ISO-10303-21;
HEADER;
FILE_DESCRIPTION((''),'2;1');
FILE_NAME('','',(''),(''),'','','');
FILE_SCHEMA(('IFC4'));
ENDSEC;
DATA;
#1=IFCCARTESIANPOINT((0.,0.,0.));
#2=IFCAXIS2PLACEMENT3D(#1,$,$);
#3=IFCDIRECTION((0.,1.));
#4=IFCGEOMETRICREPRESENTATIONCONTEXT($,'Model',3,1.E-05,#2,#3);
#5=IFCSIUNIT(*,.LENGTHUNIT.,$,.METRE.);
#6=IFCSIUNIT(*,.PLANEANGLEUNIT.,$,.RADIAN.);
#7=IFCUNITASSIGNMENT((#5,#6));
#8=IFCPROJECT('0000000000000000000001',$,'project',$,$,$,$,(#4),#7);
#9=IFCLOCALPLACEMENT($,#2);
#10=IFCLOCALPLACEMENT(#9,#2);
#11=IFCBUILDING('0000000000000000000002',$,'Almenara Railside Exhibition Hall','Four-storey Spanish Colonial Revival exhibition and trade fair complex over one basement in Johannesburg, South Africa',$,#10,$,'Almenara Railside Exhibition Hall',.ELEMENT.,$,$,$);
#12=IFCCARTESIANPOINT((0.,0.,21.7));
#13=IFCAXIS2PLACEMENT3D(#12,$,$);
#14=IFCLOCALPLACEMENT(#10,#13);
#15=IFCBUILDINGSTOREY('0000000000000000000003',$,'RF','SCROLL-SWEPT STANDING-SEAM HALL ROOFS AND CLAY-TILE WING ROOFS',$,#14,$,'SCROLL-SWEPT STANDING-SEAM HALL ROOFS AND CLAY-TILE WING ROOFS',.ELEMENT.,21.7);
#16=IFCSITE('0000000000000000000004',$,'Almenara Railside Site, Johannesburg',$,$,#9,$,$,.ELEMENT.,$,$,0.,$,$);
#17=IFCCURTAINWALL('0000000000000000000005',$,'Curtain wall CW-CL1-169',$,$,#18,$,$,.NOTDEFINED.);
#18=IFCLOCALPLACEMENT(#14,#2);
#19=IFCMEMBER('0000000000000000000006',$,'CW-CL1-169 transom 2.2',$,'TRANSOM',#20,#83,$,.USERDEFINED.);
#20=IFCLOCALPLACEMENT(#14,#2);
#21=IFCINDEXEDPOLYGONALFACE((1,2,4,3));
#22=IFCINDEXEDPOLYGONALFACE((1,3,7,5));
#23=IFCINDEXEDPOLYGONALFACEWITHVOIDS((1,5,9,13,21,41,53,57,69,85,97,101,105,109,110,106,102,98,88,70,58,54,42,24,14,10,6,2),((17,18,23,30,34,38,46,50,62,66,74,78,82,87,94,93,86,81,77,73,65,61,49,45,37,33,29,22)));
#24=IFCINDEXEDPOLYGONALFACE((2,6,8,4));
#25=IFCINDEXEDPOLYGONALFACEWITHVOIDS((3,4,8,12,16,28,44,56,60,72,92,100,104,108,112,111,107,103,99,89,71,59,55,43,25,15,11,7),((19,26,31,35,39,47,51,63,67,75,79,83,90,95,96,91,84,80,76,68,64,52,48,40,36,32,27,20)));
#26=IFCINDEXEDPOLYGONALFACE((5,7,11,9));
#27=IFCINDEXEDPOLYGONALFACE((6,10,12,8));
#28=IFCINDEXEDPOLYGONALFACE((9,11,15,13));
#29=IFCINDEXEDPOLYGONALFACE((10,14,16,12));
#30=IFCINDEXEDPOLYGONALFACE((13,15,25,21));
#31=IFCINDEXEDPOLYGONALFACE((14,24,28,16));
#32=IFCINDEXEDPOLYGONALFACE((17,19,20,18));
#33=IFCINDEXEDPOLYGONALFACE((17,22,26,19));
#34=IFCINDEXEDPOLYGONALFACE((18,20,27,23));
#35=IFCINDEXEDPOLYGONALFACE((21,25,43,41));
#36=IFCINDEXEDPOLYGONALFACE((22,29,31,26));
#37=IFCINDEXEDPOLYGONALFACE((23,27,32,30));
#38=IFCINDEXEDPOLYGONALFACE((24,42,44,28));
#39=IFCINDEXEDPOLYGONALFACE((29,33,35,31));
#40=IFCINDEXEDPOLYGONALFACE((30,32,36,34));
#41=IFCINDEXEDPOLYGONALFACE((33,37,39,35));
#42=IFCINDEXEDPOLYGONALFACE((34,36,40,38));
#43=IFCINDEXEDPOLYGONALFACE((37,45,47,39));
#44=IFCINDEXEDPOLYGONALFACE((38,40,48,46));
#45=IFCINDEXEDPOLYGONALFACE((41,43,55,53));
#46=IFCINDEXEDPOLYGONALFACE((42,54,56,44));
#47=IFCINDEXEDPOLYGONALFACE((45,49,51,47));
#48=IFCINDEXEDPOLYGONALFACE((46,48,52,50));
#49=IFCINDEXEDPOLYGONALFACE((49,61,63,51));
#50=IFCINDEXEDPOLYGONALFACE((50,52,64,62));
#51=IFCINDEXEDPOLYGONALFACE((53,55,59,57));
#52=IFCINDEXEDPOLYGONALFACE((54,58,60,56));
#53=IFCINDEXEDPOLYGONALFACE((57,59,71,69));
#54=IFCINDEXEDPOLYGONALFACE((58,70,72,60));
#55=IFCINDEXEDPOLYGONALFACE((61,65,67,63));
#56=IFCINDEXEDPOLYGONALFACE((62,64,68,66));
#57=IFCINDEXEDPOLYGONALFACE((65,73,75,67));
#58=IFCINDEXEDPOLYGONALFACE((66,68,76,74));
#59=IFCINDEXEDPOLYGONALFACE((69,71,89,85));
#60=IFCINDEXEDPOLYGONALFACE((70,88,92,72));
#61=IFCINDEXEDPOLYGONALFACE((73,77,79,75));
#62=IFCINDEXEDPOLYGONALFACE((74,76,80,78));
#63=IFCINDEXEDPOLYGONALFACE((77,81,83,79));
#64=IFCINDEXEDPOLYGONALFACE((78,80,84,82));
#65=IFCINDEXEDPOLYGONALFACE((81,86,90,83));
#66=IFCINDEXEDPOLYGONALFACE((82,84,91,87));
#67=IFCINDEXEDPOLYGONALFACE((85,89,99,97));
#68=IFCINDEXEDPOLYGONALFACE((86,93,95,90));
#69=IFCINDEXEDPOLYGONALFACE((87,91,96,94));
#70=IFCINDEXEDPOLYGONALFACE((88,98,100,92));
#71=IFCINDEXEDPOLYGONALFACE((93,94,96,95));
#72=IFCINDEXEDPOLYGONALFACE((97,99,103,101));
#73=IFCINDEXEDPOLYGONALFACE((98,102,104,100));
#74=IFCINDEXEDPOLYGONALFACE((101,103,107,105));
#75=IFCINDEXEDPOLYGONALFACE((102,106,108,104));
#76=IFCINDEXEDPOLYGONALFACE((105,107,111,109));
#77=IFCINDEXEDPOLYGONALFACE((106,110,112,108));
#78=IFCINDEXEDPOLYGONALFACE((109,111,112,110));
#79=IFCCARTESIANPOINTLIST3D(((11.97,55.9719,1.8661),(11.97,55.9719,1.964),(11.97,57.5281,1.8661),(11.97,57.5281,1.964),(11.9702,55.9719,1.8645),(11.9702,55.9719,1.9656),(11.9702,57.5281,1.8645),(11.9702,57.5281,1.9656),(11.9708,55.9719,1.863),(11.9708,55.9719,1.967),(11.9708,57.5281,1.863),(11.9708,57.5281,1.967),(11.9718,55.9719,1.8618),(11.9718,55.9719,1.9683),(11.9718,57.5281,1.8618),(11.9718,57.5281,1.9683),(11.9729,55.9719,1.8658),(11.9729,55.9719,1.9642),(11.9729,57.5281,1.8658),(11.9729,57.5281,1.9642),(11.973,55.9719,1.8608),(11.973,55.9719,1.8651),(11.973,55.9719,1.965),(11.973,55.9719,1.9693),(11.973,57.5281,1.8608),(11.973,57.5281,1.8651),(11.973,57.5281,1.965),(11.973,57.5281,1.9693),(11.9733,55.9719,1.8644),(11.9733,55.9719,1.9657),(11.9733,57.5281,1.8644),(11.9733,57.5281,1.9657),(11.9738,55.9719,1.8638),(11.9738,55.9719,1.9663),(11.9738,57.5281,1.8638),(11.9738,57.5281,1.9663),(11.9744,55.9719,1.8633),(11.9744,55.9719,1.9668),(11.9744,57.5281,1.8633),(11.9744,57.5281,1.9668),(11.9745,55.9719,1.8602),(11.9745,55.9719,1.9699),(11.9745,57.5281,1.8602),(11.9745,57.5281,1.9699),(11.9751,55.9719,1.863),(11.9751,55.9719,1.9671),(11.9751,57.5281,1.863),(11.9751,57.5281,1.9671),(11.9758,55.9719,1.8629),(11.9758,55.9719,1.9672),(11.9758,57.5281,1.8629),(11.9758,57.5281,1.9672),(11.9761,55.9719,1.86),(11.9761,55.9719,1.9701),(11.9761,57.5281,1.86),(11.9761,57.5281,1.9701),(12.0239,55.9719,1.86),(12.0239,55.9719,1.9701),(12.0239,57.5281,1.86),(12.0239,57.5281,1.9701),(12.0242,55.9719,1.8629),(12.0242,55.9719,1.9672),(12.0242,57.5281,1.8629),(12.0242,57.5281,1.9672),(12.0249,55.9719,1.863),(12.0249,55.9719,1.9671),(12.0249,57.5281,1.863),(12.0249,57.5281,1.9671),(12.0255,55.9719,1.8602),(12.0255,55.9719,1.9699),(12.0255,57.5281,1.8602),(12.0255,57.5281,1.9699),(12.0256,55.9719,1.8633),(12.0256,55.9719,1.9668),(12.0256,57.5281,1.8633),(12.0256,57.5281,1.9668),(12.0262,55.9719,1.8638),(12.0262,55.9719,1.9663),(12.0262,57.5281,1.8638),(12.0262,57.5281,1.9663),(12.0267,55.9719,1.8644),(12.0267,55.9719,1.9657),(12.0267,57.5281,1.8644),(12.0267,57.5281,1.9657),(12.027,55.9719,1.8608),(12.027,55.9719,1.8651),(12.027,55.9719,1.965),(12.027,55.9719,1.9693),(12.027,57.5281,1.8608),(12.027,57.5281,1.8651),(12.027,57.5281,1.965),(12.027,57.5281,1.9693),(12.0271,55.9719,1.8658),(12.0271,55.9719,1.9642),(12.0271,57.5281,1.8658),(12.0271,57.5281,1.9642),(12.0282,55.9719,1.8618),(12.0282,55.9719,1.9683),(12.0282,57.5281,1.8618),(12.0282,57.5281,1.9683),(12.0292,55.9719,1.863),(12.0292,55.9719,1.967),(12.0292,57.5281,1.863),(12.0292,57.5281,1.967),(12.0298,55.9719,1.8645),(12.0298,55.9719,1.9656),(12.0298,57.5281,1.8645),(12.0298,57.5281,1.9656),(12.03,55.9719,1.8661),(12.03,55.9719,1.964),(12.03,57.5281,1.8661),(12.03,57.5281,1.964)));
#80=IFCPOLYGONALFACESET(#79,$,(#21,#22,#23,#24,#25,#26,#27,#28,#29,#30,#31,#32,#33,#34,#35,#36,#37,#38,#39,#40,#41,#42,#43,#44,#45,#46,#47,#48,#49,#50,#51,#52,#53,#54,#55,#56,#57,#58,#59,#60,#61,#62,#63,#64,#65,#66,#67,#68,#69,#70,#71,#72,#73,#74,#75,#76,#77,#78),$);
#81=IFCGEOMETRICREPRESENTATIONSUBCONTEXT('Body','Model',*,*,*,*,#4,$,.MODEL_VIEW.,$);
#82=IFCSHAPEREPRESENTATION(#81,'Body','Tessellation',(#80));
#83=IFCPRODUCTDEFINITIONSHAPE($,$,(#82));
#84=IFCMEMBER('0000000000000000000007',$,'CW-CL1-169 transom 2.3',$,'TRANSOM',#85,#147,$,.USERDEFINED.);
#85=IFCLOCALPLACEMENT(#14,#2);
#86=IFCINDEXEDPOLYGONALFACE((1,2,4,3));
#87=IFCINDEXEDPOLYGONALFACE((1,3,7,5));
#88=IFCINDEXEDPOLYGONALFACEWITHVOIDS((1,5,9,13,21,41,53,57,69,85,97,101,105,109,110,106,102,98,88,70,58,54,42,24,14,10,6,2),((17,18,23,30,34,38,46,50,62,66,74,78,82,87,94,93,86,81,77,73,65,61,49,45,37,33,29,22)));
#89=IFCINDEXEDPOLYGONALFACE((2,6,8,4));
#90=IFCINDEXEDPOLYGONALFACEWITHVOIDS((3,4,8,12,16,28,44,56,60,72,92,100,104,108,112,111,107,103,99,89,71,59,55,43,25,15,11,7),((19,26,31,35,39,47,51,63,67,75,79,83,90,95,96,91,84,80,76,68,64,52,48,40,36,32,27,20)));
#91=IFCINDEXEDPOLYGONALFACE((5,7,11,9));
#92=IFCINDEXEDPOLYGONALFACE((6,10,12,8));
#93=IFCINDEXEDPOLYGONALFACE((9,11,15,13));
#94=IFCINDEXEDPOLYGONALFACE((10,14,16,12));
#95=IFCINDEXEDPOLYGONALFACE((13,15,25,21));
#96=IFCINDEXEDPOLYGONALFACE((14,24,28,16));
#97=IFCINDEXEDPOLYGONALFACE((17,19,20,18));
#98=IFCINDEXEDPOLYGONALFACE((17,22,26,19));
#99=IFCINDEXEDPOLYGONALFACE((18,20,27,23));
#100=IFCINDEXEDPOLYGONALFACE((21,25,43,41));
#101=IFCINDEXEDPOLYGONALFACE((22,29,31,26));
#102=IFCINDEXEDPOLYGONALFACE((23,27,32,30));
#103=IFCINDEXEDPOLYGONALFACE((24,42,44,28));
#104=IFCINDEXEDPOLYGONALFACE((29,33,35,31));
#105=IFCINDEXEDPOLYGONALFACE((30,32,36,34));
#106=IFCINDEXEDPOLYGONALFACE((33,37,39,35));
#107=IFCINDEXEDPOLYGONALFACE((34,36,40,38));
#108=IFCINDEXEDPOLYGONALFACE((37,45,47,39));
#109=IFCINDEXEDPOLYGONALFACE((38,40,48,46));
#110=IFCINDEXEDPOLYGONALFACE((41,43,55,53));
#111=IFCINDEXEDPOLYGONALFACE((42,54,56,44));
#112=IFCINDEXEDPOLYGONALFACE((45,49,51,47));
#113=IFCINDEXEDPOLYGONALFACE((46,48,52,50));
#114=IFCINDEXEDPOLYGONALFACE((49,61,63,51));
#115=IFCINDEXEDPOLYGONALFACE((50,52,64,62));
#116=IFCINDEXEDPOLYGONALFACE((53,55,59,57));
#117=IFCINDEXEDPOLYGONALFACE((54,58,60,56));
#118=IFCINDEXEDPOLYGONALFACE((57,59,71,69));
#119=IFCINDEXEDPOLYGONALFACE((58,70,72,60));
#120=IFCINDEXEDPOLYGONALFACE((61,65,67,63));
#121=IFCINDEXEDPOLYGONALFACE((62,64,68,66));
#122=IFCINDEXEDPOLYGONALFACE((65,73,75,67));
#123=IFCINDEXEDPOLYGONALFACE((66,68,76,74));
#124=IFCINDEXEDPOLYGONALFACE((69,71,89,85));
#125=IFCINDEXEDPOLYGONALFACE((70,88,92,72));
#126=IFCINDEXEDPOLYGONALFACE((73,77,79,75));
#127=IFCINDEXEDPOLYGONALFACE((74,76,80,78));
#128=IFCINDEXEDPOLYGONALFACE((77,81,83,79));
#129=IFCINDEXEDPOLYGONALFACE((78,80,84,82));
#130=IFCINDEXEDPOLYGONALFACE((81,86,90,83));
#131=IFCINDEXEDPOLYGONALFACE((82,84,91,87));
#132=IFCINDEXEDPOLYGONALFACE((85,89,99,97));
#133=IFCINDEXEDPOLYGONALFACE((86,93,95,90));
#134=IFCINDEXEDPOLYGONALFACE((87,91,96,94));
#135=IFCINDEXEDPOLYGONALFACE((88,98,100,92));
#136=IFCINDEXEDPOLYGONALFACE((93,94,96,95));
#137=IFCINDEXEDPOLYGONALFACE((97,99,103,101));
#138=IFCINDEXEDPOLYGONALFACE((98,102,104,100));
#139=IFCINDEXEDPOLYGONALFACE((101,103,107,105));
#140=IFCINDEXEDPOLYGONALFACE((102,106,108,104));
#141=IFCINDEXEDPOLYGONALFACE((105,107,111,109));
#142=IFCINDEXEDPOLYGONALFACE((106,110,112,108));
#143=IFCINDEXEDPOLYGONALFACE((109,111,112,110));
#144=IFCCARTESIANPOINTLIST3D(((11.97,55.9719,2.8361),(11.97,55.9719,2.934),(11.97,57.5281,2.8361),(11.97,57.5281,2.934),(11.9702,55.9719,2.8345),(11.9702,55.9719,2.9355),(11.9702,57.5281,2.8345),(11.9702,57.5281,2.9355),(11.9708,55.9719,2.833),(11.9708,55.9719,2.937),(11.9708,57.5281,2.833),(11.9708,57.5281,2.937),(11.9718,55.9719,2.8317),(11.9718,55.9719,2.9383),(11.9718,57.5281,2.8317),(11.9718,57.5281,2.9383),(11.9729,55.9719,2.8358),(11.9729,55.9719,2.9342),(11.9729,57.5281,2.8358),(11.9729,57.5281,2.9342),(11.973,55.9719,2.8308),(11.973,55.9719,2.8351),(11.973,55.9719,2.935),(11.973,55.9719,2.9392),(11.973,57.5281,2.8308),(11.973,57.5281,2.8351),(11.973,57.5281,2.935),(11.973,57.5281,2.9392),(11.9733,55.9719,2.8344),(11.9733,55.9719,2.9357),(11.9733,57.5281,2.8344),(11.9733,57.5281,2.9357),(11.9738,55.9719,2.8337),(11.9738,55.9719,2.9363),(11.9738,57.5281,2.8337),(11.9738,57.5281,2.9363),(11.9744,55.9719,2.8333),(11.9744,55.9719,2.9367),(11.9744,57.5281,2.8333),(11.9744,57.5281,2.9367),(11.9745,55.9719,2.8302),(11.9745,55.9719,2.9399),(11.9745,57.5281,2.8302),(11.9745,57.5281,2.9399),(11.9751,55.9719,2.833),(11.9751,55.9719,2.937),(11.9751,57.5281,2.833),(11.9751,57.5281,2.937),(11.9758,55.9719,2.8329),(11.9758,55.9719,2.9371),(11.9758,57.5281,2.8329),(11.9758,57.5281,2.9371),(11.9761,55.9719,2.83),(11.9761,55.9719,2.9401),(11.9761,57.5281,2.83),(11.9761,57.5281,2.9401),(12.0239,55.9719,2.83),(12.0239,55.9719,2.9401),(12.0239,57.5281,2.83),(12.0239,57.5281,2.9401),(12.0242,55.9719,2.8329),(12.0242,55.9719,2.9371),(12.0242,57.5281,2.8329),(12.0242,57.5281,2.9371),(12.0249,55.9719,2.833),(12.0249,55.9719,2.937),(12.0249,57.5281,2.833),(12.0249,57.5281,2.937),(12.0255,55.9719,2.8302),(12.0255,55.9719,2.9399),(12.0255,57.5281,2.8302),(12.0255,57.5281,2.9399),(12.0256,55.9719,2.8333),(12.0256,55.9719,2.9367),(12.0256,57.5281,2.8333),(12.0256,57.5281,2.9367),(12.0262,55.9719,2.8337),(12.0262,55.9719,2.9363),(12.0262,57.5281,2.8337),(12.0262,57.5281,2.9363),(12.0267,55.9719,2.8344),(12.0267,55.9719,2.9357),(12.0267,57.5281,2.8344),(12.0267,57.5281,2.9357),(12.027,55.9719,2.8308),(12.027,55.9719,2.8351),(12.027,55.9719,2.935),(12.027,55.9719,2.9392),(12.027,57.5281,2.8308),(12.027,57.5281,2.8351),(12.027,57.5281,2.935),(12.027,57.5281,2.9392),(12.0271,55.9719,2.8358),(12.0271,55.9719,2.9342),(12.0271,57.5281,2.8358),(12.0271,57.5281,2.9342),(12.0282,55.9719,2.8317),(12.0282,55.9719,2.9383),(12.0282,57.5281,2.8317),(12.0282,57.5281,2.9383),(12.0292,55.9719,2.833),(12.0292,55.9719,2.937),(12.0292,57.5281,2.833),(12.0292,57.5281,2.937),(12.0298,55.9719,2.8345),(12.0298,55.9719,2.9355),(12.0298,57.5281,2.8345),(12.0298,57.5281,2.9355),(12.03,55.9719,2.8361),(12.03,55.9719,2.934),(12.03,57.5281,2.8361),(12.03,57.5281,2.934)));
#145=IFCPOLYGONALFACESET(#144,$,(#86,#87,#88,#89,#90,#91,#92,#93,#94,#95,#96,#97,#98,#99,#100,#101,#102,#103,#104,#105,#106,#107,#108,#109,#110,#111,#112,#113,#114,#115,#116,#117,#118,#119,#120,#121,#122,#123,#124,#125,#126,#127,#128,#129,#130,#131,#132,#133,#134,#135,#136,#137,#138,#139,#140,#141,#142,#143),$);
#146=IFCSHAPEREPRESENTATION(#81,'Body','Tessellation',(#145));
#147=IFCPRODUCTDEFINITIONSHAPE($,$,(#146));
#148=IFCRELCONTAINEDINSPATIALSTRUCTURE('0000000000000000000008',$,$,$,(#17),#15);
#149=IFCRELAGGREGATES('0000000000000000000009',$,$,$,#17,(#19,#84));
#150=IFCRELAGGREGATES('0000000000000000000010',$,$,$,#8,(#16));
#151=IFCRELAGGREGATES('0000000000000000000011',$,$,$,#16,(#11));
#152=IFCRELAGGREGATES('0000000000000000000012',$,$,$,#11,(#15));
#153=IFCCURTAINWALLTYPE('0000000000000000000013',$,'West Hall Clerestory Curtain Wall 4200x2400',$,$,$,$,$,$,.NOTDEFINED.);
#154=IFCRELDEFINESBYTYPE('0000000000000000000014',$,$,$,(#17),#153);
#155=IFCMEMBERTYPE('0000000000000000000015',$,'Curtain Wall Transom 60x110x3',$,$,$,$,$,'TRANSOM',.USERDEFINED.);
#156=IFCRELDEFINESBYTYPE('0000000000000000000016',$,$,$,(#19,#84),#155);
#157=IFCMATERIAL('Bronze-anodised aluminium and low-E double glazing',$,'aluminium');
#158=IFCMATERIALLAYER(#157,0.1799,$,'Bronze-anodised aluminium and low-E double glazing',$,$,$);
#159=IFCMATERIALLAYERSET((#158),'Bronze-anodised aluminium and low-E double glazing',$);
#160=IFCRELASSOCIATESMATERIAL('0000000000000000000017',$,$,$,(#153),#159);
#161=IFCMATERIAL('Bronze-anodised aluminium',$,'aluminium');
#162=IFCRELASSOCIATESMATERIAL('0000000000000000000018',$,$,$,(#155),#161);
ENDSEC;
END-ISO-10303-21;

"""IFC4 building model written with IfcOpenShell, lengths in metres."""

from ifc_helpers import new_model, si_unit, direction, frame, origin, origin_2d, place, context, subcontext, project, spatial, hollow_rectangle, extrude, material, layer, layer_set, material_profile, profile_set, type_object, element, aggregate, save


model = new_model("IFC4")

# Units and contexts
model_context = context("Model", 3, precision=1e-05, world=origin(), true_north=direction((0.0, 1.0)))
body_context = subcontext(model_context, "Body", "Model", "MODEL_VIEW")
ifc_project = project(units=[si_unit("LENGTHUNIT", "METRE"), si_unit("PLANEANGLEUNIT", "RADIAN")], contexts=[model_context])

# Site, building, storey
site_placement = place(None, origin())
site = spatial("IfcSite", under=ifc_project, at=site_placement, Name="Almenara Railside Site, Johannesburg", CompositionType="ELEMENT", RefElevation=0.0)
building_placement = place(site_placement, origin())
building = spatial("IfcBuilding", under=site, at=building_placement, Name="Almenara Railside Exhibition Hall", Description="Four-storey Spanish Colonial Revival exhibition and trade fair complex over one basement in Johannesburg, South Africa", LongName="Almenara Railside Exhibition Hall", CompositionType="ELEMENT")
storey_placement = place(building_placement, frame((0.0, 0.0, 21.7)))
storey = spatial("IfcBuildingStorey", under=building, at=storey_placement, Name="RF", Description="SCROLL-SWEPT STANDING-SEAM HALL ROOFS AND CLAY-TILE WING ROOFS", LongName="SCROLL-SWEPT STANDING-SEAM HALL ROOFS AND CLAY-TILE WING ROOFS", CompositionType="ELEMENT", Elevation=21.7)

# Curtain wall
ifc_material_1 = material(Name="Bronze-anodised aluminium and low-E double glazing", Category="aluminium")
ifc_layer_1 = layer(ifc_material_1, 0.1799, Name="Bronze-anodised aluminium and low-E double glazing")
ifc_layer_set_1 = layer_set([ifc_layer_1], Name="Bronze-anodised aluminium and low-E double glazing")
curtain_wall_type = type_object("IfcCurtainWallType", Name="West Hall Clerestory Curtain Wall 4200x2400", PredefinedType="NOTDEFINED", material=ifc_layer_set_1)
curtain_wall_1_placement = place(storey_placement, origin())
curtain_wall_1 = element("IfcCurtainWall", 1, at=curtain_wall_1_placement, inside=storey, type_object=curtain_wall_type, Name="Curtain wall CW-CL1-169", PredefinedType="NOTDEFINED")
ifc_material_2 = material(Name="Bronze-anodised aluminium", Category="aluminium")

# Members
ifc_material_profile_1 = material_profile(ifc_material_2, hollow_rectangle(XDim=0.0601, YDim=0.1101, WallThickness=0.0029, InnerFilletRadius=0.0029, OuterFilletRadius=0.0061, at=origin_2d()), Name="ALU-TRN 60x110x3")
ifc_profile_set_1 = profile_set([ifc_material_profile_1], Name="Bronze-anodised aluminium")
member_type_1 = type_object("IfcMemberType", Name="Curtain Wall Transom 60x110x3", ElementType="TRANSOM", PredefinedType="USERDEFINED", material=ifc_profile_set_1)
member_1_placement = place(storey_placement, frame((12.0, 55.9719, 1.915), z_axis=(0.0, 1.0, 0.0), x_axis=(-1.0, 0.0, 0.0)))
member_1 = element("IfcMember", 2, at=member_1_placement, type_object=member_type_1, Name="CW-CL1-169 transom 2.2", ObjectType="TRANSOM", PredefinedType="USERDEFINED", context=body_context, shape_type="SweptSolid", body=[
    extrude(hollow_rectangle(XDim=0.0601, YDim=0.1101, WallThickness=0.0029, InnerFilletRadius=0.0029, OuterFilletRadius=0.0061, at=origin_2d()), origin(), (0.0, 0.0, 1.0), 1.5562),
])
member_2_placement = place(storey_placement, frame((12.0, 55.9719, 2.885), z_axis=(0.0, 1.0, 0.0), x_axis=(-1.0, 0.0, 0.0)))
member_2 = element("IfcMember", 3, at=member_2_placement, type_object=member_type_1, Name="CW-CL1-169 transom 2.3", ObjectType="TRANSOM", PredefinedType="USERDEFINED", context=body_context, shape_type="SweptSolid", body=[
    extrude(hollow_rectangle(XDim=0.0601, YDim=0.1101, WallThickness=0.0029, InnerFilletRadius=0.0029, OuterFilletRadius=0.0061, at=origin_2d()), origin(), (0.0, 0.0, 1.0), 1.5562),
])

aggregate(curtain_wall_1, [member_1, member_2])

save(model, "model.ifc")
